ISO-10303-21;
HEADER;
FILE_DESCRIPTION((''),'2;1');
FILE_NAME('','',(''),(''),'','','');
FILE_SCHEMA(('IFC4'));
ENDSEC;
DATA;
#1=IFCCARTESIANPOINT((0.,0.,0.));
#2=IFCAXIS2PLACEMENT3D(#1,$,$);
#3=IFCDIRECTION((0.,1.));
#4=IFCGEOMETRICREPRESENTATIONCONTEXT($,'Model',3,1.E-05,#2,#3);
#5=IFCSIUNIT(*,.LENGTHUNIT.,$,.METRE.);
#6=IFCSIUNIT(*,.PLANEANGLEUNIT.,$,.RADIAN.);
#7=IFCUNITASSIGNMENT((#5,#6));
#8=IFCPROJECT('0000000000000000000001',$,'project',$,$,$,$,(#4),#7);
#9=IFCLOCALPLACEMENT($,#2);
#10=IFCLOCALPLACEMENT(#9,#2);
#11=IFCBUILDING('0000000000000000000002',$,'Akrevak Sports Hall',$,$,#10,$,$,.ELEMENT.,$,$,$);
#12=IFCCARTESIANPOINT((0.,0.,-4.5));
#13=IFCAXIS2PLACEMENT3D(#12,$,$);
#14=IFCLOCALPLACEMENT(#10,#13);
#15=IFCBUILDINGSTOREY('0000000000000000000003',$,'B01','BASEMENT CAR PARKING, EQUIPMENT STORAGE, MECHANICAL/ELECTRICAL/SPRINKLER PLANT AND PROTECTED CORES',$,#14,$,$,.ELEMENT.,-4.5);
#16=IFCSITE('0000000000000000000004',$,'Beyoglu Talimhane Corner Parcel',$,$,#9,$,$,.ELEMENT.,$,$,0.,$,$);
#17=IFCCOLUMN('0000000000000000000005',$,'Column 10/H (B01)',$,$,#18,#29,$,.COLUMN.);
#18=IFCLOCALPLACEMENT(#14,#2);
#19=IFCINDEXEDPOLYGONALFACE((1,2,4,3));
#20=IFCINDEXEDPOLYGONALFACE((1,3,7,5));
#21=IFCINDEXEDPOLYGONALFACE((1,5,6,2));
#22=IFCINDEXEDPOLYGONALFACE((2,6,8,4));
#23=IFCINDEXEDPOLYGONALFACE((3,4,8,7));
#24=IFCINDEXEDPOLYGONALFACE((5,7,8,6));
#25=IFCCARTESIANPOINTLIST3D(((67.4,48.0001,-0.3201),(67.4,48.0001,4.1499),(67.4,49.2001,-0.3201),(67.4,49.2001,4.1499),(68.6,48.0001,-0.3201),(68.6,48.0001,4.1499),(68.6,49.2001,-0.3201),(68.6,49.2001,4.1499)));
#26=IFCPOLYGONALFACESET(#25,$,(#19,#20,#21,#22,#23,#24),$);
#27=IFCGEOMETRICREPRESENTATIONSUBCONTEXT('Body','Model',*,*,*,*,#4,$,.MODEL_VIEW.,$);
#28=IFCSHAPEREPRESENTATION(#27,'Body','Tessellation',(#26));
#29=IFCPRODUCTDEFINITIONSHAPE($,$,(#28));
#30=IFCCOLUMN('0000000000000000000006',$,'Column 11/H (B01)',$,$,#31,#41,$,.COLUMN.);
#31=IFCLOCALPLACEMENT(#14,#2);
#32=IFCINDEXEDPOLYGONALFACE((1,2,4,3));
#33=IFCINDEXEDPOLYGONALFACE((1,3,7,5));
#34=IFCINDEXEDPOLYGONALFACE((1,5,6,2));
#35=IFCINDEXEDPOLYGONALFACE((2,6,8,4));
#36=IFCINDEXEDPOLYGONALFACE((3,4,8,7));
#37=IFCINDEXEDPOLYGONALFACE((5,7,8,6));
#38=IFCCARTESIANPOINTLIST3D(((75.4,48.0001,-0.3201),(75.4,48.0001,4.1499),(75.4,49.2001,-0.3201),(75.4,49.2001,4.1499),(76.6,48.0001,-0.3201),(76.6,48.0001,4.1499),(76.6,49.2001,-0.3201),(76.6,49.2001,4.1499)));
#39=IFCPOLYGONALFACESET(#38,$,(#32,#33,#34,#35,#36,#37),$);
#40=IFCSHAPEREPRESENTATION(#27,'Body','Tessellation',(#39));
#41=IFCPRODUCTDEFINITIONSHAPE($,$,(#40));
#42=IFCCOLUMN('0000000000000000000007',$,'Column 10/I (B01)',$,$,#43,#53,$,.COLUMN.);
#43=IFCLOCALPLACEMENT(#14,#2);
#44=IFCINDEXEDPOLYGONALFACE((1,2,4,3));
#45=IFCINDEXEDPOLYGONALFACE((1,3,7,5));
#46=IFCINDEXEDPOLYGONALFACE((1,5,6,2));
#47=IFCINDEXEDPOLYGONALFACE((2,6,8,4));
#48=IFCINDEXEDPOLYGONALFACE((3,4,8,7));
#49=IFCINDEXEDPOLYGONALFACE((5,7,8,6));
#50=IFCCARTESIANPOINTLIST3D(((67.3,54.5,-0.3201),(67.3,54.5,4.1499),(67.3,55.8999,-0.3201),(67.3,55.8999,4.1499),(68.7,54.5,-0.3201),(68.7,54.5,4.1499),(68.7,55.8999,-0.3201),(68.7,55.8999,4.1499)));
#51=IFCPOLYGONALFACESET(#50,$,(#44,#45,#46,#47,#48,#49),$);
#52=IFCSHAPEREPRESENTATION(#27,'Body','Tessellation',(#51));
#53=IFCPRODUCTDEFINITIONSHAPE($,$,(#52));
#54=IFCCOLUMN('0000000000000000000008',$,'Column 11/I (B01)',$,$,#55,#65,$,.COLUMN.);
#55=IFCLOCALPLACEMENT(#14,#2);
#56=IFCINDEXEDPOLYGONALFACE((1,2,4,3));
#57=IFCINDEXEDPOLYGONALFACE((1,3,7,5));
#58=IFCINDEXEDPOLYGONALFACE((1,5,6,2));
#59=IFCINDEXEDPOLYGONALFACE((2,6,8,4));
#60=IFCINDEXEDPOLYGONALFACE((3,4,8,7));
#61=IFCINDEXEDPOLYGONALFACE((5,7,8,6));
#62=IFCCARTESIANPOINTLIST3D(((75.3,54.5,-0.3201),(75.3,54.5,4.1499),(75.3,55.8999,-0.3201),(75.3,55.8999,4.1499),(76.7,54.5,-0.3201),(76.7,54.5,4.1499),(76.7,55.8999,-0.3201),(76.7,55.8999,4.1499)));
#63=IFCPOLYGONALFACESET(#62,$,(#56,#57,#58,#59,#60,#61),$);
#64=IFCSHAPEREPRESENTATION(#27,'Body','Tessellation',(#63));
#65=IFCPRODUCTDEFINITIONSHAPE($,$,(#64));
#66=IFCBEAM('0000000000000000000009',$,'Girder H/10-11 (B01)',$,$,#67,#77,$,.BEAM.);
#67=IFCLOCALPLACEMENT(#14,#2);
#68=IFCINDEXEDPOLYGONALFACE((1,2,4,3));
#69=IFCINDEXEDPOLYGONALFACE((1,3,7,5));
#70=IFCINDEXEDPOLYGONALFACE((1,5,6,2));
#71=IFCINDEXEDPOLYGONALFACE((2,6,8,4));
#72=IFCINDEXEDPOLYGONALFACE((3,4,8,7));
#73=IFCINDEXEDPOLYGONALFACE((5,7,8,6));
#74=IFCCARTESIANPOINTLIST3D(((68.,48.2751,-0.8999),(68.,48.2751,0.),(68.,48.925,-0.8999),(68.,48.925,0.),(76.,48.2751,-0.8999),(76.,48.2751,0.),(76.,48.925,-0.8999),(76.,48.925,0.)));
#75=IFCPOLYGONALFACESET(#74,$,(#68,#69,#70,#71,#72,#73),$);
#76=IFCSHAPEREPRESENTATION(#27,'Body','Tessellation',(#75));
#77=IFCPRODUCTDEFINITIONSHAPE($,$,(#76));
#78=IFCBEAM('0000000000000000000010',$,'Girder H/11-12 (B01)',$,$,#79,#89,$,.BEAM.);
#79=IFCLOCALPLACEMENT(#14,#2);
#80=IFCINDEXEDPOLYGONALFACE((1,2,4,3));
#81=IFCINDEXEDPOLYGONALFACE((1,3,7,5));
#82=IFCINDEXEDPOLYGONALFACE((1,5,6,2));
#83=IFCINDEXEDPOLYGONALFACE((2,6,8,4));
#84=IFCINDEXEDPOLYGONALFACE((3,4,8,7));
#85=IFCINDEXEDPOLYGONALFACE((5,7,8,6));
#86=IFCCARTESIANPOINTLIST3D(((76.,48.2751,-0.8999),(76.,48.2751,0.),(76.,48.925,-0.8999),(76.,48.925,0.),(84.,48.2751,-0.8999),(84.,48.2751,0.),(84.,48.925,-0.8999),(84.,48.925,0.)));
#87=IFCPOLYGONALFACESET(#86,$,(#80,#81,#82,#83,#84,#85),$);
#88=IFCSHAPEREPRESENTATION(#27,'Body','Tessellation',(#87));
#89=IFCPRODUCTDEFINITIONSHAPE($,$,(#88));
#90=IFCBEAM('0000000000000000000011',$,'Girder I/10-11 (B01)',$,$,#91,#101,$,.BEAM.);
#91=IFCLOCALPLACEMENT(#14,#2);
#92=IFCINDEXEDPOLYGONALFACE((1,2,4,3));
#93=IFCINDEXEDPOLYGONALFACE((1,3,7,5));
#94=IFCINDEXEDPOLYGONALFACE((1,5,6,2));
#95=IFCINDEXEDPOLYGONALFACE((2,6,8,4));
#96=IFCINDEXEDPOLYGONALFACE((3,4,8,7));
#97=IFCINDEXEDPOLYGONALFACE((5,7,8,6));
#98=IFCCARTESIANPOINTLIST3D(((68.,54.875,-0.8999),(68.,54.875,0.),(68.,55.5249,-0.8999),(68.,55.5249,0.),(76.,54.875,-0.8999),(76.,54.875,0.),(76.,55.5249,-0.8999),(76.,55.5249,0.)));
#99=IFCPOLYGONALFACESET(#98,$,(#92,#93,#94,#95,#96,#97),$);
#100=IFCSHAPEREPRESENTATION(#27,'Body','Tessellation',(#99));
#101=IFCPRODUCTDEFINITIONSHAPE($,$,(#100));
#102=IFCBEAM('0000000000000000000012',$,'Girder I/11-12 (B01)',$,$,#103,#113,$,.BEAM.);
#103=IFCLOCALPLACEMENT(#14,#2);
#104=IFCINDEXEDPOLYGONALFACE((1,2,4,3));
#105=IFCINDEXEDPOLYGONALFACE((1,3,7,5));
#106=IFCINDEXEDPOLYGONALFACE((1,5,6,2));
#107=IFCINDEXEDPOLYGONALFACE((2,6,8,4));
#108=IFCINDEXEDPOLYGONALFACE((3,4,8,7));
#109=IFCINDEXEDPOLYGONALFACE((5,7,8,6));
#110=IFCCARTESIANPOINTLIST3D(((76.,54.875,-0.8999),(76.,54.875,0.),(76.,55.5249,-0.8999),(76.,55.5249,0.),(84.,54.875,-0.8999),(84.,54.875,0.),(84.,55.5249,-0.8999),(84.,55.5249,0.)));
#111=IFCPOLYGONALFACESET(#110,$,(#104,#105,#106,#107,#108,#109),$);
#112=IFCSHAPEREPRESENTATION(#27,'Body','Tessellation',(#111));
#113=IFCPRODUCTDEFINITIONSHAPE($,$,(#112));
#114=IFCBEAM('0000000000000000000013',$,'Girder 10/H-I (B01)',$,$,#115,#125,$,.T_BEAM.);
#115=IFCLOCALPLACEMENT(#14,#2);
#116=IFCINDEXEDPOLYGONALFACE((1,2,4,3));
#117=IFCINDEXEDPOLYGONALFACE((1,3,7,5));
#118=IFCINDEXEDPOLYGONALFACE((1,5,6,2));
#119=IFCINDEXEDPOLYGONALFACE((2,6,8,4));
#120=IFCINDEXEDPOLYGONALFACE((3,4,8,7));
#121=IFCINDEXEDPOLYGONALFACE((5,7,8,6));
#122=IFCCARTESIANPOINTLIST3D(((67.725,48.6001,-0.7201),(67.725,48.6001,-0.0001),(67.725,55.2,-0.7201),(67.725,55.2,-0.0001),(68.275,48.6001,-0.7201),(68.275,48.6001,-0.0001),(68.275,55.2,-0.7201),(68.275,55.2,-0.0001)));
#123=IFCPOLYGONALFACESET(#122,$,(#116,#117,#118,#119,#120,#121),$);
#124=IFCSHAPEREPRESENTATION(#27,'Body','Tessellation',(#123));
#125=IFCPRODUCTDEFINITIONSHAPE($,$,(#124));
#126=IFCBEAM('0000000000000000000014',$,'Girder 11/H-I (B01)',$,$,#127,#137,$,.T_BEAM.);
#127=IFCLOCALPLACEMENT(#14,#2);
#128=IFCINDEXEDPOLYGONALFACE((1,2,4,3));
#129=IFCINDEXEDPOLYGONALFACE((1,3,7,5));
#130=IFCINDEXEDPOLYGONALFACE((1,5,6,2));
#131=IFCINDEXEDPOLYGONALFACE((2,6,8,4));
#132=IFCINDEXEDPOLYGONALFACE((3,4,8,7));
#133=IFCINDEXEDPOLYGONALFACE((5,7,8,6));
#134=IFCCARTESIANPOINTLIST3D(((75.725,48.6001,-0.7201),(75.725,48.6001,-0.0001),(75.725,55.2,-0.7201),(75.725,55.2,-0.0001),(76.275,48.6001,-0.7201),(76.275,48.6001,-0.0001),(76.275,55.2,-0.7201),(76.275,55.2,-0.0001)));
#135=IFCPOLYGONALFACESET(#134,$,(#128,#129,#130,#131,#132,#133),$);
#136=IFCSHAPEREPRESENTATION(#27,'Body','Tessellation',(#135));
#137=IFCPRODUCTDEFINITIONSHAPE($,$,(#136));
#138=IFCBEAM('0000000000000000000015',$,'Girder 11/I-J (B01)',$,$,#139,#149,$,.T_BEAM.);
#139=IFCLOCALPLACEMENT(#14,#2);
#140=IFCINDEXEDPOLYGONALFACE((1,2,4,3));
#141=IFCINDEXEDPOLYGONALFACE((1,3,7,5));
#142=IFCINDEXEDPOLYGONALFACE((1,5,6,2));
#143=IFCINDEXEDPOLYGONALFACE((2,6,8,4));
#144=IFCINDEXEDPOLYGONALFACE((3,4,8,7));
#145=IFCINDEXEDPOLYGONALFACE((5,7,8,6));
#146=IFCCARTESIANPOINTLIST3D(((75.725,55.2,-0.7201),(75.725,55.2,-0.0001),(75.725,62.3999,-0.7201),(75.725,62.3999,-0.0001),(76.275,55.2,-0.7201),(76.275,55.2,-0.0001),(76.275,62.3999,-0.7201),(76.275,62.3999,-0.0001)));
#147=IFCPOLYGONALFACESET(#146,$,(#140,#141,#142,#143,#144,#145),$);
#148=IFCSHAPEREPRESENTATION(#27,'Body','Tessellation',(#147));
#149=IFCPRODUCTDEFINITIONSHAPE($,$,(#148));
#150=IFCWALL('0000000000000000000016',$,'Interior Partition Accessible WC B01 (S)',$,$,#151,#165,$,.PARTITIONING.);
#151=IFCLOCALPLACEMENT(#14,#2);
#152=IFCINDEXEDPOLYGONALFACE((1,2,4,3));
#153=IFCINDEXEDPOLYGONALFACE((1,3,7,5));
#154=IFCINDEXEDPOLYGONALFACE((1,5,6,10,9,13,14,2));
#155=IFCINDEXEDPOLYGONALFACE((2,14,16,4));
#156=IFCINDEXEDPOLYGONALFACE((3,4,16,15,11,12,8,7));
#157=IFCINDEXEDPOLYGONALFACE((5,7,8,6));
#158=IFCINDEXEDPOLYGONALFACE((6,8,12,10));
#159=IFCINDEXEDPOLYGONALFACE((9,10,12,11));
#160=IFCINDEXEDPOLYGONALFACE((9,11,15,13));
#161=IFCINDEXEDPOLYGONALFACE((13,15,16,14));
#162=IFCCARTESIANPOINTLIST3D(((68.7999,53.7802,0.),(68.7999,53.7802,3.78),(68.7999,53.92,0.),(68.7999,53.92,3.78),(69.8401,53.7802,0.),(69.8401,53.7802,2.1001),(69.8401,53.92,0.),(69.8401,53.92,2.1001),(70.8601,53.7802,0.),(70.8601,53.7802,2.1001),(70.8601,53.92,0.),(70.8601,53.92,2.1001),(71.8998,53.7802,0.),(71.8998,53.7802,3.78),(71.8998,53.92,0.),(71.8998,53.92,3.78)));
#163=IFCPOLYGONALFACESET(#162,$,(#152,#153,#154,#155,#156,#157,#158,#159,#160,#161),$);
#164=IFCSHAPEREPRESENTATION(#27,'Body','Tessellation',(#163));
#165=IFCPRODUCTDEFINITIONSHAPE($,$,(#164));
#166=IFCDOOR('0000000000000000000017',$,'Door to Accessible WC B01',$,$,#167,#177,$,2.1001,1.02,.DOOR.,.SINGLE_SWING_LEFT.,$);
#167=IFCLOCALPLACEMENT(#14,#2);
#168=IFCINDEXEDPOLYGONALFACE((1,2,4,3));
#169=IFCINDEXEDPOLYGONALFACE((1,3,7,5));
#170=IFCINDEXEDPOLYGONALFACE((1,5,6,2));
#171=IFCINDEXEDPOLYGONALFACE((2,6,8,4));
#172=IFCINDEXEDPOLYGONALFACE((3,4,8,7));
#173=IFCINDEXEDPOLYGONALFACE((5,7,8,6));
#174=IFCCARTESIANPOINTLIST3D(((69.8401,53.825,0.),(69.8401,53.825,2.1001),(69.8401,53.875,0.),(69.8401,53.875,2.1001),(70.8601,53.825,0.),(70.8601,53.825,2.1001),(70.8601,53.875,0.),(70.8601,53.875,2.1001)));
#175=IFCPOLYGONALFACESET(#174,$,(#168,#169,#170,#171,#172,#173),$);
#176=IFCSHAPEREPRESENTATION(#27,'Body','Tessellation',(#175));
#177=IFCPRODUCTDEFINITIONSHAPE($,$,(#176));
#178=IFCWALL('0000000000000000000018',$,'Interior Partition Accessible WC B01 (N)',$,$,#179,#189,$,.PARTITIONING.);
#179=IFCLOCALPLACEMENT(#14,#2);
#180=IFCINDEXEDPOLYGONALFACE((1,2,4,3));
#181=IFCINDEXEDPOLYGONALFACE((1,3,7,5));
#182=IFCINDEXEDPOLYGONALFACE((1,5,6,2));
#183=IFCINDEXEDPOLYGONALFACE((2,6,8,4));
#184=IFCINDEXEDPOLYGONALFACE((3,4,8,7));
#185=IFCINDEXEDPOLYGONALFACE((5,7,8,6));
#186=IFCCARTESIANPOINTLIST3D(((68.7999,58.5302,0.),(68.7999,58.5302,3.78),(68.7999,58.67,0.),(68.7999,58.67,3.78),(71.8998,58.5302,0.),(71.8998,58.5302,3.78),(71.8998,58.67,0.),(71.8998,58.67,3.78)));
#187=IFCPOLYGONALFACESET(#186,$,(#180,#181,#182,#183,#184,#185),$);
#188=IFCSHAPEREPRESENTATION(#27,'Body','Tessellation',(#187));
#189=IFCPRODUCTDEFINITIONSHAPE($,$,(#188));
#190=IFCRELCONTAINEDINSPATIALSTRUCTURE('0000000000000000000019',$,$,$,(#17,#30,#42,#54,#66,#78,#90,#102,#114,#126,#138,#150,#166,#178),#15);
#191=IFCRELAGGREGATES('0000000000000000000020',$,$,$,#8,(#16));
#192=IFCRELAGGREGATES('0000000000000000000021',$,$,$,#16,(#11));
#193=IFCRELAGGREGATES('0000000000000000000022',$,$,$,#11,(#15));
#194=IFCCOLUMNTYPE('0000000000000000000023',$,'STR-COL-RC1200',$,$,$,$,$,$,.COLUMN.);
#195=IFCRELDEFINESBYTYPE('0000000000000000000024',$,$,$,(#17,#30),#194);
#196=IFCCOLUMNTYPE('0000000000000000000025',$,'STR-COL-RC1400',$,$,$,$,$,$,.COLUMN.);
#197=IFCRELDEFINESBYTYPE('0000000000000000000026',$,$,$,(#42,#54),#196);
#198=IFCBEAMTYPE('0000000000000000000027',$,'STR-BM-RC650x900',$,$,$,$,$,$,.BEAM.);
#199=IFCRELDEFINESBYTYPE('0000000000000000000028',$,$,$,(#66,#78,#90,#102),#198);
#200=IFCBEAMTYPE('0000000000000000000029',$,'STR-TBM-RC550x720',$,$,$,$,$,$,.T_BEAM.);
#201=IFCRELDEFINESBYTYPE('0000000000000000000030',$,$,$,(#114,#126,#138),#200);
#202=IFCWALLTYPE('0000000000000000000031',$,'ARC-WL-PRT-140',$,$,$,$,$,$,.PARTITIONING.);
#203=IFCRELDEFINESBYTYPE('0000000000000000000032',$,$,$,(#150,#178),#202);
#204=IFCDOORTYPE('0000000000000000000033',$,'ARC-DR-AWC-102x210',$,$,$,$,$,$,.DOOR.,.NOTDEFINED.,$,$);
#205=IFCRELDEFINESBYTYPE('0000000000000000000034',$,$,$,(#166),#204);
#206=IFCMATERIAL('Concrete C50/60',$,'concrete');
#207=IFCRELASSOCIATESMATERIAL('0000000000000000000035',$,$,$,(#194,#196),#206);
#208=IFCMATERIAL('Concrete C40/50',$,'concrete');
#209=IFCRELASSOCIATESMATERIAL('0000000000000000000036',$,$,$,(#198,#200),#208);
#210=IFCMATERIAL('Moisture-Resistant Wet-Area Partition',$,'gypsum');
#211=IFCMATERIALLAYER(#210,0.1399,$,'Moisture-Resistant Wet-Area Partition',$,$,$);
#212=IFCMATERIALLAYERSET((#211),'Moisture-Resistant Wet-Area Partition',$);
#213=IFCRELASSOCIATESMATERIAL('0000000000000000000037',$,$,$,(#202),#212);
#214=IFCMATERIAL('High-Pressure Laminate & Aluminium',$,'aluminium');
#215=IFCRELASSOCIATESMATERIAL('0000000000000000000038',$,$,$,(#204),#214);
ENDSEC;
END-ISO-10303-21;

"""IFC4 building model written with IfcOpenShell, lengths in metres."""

from ifc_helpers import new_model, si_unit, direction, frame, frame_2d, origin, origin_2d, place, context, subcontext, project, spatial, rectangle, extrude, material, layer, layer_set, material_profile, profile_set, type_object, element, fill, save


model = new_model("IFC4")

# Units and contexts
model_context = context("Model", 3, precision=1e-05, world=origin(), true_north=direction((0.0, 1.0)))
body_context = subcontext(model_context, "Body", "Model", "MODEL_VIEW")
ifc_project = project(units=[si_unit("LENGTHUNIT", "METRE"), si_unit("PLANEANGLEUNIT", "RADIAN")], contexts=[model_context])

# Site, building, storey
site_placement = place(None, origin())
site = spatial("IfcSite", under=ifc_project, at=site_placement, Name="Beyoglu Talimhane Corner Parcel", CompositionType="ELEMENT", RefElevation=0.0)
building_placement = place(site_placement, origin())
building = spatial("IfcBuilding", under=site, at=building_placement, Name="Akrevak Sports Hall", CompositionType="ELEMENT")
storey_placement = place(building_placement, frame((0.0, 0.0, -4.5)))
storey = spatial("IfcBuildingStorey", under=building, at=storey_placement, Name="B01", Description="BASEMENT CAR PARKING, EQUIPMENT STORAGE, MECHANICAL/ELECTRICAL/SPRINKLER PLANT AND PROTECTED CORES", CompositionType="ELEMENT", Elevation=-4.5)

# Columns
ifc_material_1 = material(Name="Concrete C50/60", Category="concrete")
ifc_material_profile_1 = material_profile(ifc_material_1, rectangle(XDim=1.2, YDim=1.2, at=origin_2d()), Name="RC 1200x1200", Category="concrete")
ifc_profile_set_1 = profile_set([ifc_material_profile_1], Name="Concrete C50/60")
column_type_1 = type_object("IfcColumnType", Name="STR-COL-RC1200", PredefinedType="COLUMN", material=ifc_profile_set_1)
for number, where, z_axis, x_axis, name in (
    (1, (68.0, 48.6001, -0.3201), (0.0, 0.0, 1.0), (1.0, 0.0, 0.0), "Column 10/H (B01)"),
    (2, (76.0, 48.6001, -0.3201), (0.0, 0.0, 1.0), (1.0, 0.0, 0.0), "Column 11/H (B01)"),
):
    element("IfcColumn", number, at=place(storey_placement, frame(where, z_axis=z_axis, x_axis=x_axis)), inside=storey, type_object=column_type_1, Name=name, PredefinedType="COLUMN", context=body_context, shape_type="SweptSolid", body=[
        extrude(rectangle(XDim=1.2, YDim=1.2, at=origin_2d()), origin(), (0.0, 0.0, 1.0), 4.47),
    ])
ifc_material_profile_2 = material_profile(ifc_material_1, rectangle(XDim=1.3999, YDim=1.3999, at=origin_2d()), Name="RC 1400x1400", Category="concrete")
ifc_profile_set_2 = profile_set([ifc_material_profile_2], Name="Concrete C50/60")
column_type_2 = type_object("IfcColumnType", Name="STR-COL-RC1400", PredefinedType="COLUMN", material=ifc_profile_set_2)
for number, where, z_axis, x_axis, name in (
    (3, (68.0, 55.2, -0.3201), (0.0, 0.0, 1.0), (1.0, 0.0, 0.0), "Column 10/I (B01)"),
    (4, (76.0, 55.2, -0.3201), (0.0, 0.0, 1.0), (1.0, 0.0, 0.0), "Column 11/I (B01)"),
):
    element("IfcColumn", number, at=place(storey_placement, frame(where, z_axis=z_axis, x_axis=x_axis)), inside=storey, type_object=column_type_2, Name=name, PredefinedType="COLUMN", context=body_context, shape_type="SweptSolid", body=[
        extrude(rectangle(XDim=1.3999, YDim=1.3999, at=origin_2d()), origin(), (0.0, 0.0, 1.0), 4.47),
    ])

# Beams
ifc_material_2 = material(Name="Concrete C40/50", Category="concrete")
ifc_material_profile_3 = material_profile(ifc_material_2, rectangle(XDim=0.6499, YDim=0.8999, at=origin_2d()), Name="BM 650x900", Category="concrete")
ifc_profile_set_3 = profile_set([ifc_material_profile_3], Name="Concrete C40/50")
beam_type_1 = type_object("IfcBeamType", Name="STR-BM-RC650x900", PredefinedType="BEAM", material=ifc_profile_set_3)
for number, where, z_axis, x_axis, name in (
    (5, (68.0, 48.6001, -0.45), (1.0, 0.0, 0.0), (0.0, 1.0, 0.0), "Girder H/10-11 (B01)"),
    (6, (76.0, 48.6001, -0.45), (1.0, 0.0, 0.0), (0.0, 1.0, 0.0), "Girder H/11-12 (B01)"),
    (7, (68.0, 55.2, -0.45), (1.0, 0.0, 0.0), (0.0, 1.0, 0.0), "Girder I/10-11 (B01)"),
    (8, (76.0, 55.2, -0.45), (1.0, 0.0, 0.0), (0.0, 1.0, 0.0), "Girder I/11-12 (B01)"),
):
    element("IfcBeam", number, at=place(storey_placement, frame(where, z_axis=z_axis, x_axis=x_axis)), inside=storey, type_object=beam_type_1, Name=name, PredefinedType="BEAM", context=body_context, shape_type="SweptSolid", body=[
        extrude(rectangle(XDim=0.6499, YDim=0.8999, at=origin_2d()), origin(), (0.0, 0.0, 1.0), 8.0),
    ])
ifc_material_profile_4 = material_profile(ifc_material_2, rectangle(XDim=0.55, YDim=0.72, at=origin_2d()), Name="TBM 550x720", Category="concrete")
ifc_profile_set_4 = profile_set([ifc_material_profile_4], Name="Concrete C40/50")
beam_type_2 = type_object("IfcBeamType", Name="STR-TBM-RC550x720", PredefinedType="T_BEAM", material=ifc_profile_set_4)
for number, where, z_axis, x_axis, name in (
    (9, (68.0, 48.6001, -0.3601), (0.0, 1.0, 0.0), (-1.0, 0.0, 0.0), "Girder 10/H-I (B01)"),
    (10, (76.0, 48.6001, -0.3601), (0.0, 1.0, 0.0), (-1.0, 0.0, 0.0), "Girder 11/H-I (B01)"),
):
    element("IfcBeam", number, at=place(storey_placement, frame(where, z_axis=z_axis, x_axis=x_axis)), inside=storey, type_object=beam_type_2, Name=name, PredefinedType="T_BEAM", context=body_context, shape_type="SweptSolid", body=[
        extrude(rectangle(XDim=0.55, YDim=0.72, at=origin_2d()), origin(), (0.0, 0.0, 1.0), 6.5999),
    ])
beam_placement = place(storey_placement, frame((76.0, 55.2, -0.3601), z_axis=(0.0, 1.0, 0.0), x_axis=(-1.0, 0.0, 0.0)))
element("IfcBeam", 11, at=beam_placement, inside=storey, type_object=beam_type_2, Name="Girder 11/I-J (B01)", PredefinedType="T_BEAM", context=body_context, shape_type="SweptSolid", body=[
    extrude(rectangle(XDim=0.55, YDim=0.72, at=origin_2d()), origin(), (0.0, 0.0, 1.0), 7.2),
])

# Wall, opening, door
ifc_material_3 = material(Name="Moisture-Resistant Wet-Area Partition", Category="gypsum")
ifc_layer_1 = layer(ifc_material_3, 0.1399, Name="Moisture-Resistant Wet-Area Partition")
ifc_layer_set_1 = layer_set([ifc_layer_1], Name="Moisture-Resistant Wet-Area Partition")
wall_type_1 = type_object("IfcWallType", Name="ARC-WL-PRT-140", PredefinedType="PARTITIONING", material=ifc_layer_set_1)
wall_1_placement = place(storey_placement, frame((68.8, 53.8501, 0.0), z_axis=(0.0, 0.0, 1.0), x_axis=(1.0, 0.0, 0.0)))
wall_1 = element("IfcWall", 12, at=wall_1_placement, inside=storey, type_object=wall_type_1, Name="Interior Partition Accessible WC B01 (S)", PredefinedType="PARTITIONING", context=body_context, shape_type="SweptSolid", body=[
    extrude(rectangle(XDim=3.0999, YDim=0.1399, at=frame_2d((1.5498, 0.0))), origin(), (0.0, 0.0, 1.0), 3.78),
])
opening_1_placement = place(wall_1_placement, frame((1.04, 0.0, 0.0)))
opening_1 = element("IfcOpeningElement", 13, at=opening_1_placement, cuts=wall_1, PredefinedType="OPENING", context=body_context, shape_type="SweptSolid", body=[
    extrude(rectangle(XDim=1.02, YDim=2.1001, at=frame_2d((0.51, 1.05))), frame((0.0, 0.082, 0.0), z_axis=(0.0, -1.0, 0.0), x_axis=(1.0, 0.0, 0.0)), (0.0, 0.0, 1.0), 0.1638),
])
ifc_material_4 = material(Name="High-Pressure Laminate & Aluminium", Category="aluminium")
door_type_1 = type_object("IfcDoorType", Name="ARC-DR-AWC-102x210", OperationType="NOTDEFINED", PredefinedType="DOOR", material=ifc_material_4)
door_1_placement = place(opening_1_placement, origin())
door_1 = element("IfcDoor", 14, at=door_1_placement, inside=storey, type_object=door_type_1, Name="Door to Accessible WC B01", OperationType="SINGLE_SWING_LEFT", OverallHeight=2.1001, OverallWidth=1.02, PredefinedType="DOOR", context=body_context, shape_type="SweptSolid", body=[
    extrude(rectangle(XDim=1.02, YDim=2.1001, at=frame_2d((0.51, 1.05))), frame((0.0, 0.0249, 0.0), z_axis=(0.0, -1.0, 0.0), x_axis=(1.0, 0.0, 0.0)), (0.0, 0.0, 1.0), 0.05),
])
fill(opening_1, door_1)

# Wall
wall_2_placement = place(storey_placement, frame((68.8, 58.6001, 0.0), z_axis=(0.0, 0.0, 1.0), x_axis=(1.0, 0.0, 0.0)))
element("IfcWall", 15, at=wall_2_placement, inside=storey, type_object=wall_type_1, Name="Interior Partition Accessible WC B01 (N)", PredefinedType="PARTITIONING", context=body_context, shape_type="SweptSolid", body=[
    extrude(rectangle(XDim=3.0999, YDim=0.1399, at=frame_2d((1.5498, 0.0))), origin(), (0.0, 0.0, 1.0), 3.78),
])

save(model, "model.ifc")
